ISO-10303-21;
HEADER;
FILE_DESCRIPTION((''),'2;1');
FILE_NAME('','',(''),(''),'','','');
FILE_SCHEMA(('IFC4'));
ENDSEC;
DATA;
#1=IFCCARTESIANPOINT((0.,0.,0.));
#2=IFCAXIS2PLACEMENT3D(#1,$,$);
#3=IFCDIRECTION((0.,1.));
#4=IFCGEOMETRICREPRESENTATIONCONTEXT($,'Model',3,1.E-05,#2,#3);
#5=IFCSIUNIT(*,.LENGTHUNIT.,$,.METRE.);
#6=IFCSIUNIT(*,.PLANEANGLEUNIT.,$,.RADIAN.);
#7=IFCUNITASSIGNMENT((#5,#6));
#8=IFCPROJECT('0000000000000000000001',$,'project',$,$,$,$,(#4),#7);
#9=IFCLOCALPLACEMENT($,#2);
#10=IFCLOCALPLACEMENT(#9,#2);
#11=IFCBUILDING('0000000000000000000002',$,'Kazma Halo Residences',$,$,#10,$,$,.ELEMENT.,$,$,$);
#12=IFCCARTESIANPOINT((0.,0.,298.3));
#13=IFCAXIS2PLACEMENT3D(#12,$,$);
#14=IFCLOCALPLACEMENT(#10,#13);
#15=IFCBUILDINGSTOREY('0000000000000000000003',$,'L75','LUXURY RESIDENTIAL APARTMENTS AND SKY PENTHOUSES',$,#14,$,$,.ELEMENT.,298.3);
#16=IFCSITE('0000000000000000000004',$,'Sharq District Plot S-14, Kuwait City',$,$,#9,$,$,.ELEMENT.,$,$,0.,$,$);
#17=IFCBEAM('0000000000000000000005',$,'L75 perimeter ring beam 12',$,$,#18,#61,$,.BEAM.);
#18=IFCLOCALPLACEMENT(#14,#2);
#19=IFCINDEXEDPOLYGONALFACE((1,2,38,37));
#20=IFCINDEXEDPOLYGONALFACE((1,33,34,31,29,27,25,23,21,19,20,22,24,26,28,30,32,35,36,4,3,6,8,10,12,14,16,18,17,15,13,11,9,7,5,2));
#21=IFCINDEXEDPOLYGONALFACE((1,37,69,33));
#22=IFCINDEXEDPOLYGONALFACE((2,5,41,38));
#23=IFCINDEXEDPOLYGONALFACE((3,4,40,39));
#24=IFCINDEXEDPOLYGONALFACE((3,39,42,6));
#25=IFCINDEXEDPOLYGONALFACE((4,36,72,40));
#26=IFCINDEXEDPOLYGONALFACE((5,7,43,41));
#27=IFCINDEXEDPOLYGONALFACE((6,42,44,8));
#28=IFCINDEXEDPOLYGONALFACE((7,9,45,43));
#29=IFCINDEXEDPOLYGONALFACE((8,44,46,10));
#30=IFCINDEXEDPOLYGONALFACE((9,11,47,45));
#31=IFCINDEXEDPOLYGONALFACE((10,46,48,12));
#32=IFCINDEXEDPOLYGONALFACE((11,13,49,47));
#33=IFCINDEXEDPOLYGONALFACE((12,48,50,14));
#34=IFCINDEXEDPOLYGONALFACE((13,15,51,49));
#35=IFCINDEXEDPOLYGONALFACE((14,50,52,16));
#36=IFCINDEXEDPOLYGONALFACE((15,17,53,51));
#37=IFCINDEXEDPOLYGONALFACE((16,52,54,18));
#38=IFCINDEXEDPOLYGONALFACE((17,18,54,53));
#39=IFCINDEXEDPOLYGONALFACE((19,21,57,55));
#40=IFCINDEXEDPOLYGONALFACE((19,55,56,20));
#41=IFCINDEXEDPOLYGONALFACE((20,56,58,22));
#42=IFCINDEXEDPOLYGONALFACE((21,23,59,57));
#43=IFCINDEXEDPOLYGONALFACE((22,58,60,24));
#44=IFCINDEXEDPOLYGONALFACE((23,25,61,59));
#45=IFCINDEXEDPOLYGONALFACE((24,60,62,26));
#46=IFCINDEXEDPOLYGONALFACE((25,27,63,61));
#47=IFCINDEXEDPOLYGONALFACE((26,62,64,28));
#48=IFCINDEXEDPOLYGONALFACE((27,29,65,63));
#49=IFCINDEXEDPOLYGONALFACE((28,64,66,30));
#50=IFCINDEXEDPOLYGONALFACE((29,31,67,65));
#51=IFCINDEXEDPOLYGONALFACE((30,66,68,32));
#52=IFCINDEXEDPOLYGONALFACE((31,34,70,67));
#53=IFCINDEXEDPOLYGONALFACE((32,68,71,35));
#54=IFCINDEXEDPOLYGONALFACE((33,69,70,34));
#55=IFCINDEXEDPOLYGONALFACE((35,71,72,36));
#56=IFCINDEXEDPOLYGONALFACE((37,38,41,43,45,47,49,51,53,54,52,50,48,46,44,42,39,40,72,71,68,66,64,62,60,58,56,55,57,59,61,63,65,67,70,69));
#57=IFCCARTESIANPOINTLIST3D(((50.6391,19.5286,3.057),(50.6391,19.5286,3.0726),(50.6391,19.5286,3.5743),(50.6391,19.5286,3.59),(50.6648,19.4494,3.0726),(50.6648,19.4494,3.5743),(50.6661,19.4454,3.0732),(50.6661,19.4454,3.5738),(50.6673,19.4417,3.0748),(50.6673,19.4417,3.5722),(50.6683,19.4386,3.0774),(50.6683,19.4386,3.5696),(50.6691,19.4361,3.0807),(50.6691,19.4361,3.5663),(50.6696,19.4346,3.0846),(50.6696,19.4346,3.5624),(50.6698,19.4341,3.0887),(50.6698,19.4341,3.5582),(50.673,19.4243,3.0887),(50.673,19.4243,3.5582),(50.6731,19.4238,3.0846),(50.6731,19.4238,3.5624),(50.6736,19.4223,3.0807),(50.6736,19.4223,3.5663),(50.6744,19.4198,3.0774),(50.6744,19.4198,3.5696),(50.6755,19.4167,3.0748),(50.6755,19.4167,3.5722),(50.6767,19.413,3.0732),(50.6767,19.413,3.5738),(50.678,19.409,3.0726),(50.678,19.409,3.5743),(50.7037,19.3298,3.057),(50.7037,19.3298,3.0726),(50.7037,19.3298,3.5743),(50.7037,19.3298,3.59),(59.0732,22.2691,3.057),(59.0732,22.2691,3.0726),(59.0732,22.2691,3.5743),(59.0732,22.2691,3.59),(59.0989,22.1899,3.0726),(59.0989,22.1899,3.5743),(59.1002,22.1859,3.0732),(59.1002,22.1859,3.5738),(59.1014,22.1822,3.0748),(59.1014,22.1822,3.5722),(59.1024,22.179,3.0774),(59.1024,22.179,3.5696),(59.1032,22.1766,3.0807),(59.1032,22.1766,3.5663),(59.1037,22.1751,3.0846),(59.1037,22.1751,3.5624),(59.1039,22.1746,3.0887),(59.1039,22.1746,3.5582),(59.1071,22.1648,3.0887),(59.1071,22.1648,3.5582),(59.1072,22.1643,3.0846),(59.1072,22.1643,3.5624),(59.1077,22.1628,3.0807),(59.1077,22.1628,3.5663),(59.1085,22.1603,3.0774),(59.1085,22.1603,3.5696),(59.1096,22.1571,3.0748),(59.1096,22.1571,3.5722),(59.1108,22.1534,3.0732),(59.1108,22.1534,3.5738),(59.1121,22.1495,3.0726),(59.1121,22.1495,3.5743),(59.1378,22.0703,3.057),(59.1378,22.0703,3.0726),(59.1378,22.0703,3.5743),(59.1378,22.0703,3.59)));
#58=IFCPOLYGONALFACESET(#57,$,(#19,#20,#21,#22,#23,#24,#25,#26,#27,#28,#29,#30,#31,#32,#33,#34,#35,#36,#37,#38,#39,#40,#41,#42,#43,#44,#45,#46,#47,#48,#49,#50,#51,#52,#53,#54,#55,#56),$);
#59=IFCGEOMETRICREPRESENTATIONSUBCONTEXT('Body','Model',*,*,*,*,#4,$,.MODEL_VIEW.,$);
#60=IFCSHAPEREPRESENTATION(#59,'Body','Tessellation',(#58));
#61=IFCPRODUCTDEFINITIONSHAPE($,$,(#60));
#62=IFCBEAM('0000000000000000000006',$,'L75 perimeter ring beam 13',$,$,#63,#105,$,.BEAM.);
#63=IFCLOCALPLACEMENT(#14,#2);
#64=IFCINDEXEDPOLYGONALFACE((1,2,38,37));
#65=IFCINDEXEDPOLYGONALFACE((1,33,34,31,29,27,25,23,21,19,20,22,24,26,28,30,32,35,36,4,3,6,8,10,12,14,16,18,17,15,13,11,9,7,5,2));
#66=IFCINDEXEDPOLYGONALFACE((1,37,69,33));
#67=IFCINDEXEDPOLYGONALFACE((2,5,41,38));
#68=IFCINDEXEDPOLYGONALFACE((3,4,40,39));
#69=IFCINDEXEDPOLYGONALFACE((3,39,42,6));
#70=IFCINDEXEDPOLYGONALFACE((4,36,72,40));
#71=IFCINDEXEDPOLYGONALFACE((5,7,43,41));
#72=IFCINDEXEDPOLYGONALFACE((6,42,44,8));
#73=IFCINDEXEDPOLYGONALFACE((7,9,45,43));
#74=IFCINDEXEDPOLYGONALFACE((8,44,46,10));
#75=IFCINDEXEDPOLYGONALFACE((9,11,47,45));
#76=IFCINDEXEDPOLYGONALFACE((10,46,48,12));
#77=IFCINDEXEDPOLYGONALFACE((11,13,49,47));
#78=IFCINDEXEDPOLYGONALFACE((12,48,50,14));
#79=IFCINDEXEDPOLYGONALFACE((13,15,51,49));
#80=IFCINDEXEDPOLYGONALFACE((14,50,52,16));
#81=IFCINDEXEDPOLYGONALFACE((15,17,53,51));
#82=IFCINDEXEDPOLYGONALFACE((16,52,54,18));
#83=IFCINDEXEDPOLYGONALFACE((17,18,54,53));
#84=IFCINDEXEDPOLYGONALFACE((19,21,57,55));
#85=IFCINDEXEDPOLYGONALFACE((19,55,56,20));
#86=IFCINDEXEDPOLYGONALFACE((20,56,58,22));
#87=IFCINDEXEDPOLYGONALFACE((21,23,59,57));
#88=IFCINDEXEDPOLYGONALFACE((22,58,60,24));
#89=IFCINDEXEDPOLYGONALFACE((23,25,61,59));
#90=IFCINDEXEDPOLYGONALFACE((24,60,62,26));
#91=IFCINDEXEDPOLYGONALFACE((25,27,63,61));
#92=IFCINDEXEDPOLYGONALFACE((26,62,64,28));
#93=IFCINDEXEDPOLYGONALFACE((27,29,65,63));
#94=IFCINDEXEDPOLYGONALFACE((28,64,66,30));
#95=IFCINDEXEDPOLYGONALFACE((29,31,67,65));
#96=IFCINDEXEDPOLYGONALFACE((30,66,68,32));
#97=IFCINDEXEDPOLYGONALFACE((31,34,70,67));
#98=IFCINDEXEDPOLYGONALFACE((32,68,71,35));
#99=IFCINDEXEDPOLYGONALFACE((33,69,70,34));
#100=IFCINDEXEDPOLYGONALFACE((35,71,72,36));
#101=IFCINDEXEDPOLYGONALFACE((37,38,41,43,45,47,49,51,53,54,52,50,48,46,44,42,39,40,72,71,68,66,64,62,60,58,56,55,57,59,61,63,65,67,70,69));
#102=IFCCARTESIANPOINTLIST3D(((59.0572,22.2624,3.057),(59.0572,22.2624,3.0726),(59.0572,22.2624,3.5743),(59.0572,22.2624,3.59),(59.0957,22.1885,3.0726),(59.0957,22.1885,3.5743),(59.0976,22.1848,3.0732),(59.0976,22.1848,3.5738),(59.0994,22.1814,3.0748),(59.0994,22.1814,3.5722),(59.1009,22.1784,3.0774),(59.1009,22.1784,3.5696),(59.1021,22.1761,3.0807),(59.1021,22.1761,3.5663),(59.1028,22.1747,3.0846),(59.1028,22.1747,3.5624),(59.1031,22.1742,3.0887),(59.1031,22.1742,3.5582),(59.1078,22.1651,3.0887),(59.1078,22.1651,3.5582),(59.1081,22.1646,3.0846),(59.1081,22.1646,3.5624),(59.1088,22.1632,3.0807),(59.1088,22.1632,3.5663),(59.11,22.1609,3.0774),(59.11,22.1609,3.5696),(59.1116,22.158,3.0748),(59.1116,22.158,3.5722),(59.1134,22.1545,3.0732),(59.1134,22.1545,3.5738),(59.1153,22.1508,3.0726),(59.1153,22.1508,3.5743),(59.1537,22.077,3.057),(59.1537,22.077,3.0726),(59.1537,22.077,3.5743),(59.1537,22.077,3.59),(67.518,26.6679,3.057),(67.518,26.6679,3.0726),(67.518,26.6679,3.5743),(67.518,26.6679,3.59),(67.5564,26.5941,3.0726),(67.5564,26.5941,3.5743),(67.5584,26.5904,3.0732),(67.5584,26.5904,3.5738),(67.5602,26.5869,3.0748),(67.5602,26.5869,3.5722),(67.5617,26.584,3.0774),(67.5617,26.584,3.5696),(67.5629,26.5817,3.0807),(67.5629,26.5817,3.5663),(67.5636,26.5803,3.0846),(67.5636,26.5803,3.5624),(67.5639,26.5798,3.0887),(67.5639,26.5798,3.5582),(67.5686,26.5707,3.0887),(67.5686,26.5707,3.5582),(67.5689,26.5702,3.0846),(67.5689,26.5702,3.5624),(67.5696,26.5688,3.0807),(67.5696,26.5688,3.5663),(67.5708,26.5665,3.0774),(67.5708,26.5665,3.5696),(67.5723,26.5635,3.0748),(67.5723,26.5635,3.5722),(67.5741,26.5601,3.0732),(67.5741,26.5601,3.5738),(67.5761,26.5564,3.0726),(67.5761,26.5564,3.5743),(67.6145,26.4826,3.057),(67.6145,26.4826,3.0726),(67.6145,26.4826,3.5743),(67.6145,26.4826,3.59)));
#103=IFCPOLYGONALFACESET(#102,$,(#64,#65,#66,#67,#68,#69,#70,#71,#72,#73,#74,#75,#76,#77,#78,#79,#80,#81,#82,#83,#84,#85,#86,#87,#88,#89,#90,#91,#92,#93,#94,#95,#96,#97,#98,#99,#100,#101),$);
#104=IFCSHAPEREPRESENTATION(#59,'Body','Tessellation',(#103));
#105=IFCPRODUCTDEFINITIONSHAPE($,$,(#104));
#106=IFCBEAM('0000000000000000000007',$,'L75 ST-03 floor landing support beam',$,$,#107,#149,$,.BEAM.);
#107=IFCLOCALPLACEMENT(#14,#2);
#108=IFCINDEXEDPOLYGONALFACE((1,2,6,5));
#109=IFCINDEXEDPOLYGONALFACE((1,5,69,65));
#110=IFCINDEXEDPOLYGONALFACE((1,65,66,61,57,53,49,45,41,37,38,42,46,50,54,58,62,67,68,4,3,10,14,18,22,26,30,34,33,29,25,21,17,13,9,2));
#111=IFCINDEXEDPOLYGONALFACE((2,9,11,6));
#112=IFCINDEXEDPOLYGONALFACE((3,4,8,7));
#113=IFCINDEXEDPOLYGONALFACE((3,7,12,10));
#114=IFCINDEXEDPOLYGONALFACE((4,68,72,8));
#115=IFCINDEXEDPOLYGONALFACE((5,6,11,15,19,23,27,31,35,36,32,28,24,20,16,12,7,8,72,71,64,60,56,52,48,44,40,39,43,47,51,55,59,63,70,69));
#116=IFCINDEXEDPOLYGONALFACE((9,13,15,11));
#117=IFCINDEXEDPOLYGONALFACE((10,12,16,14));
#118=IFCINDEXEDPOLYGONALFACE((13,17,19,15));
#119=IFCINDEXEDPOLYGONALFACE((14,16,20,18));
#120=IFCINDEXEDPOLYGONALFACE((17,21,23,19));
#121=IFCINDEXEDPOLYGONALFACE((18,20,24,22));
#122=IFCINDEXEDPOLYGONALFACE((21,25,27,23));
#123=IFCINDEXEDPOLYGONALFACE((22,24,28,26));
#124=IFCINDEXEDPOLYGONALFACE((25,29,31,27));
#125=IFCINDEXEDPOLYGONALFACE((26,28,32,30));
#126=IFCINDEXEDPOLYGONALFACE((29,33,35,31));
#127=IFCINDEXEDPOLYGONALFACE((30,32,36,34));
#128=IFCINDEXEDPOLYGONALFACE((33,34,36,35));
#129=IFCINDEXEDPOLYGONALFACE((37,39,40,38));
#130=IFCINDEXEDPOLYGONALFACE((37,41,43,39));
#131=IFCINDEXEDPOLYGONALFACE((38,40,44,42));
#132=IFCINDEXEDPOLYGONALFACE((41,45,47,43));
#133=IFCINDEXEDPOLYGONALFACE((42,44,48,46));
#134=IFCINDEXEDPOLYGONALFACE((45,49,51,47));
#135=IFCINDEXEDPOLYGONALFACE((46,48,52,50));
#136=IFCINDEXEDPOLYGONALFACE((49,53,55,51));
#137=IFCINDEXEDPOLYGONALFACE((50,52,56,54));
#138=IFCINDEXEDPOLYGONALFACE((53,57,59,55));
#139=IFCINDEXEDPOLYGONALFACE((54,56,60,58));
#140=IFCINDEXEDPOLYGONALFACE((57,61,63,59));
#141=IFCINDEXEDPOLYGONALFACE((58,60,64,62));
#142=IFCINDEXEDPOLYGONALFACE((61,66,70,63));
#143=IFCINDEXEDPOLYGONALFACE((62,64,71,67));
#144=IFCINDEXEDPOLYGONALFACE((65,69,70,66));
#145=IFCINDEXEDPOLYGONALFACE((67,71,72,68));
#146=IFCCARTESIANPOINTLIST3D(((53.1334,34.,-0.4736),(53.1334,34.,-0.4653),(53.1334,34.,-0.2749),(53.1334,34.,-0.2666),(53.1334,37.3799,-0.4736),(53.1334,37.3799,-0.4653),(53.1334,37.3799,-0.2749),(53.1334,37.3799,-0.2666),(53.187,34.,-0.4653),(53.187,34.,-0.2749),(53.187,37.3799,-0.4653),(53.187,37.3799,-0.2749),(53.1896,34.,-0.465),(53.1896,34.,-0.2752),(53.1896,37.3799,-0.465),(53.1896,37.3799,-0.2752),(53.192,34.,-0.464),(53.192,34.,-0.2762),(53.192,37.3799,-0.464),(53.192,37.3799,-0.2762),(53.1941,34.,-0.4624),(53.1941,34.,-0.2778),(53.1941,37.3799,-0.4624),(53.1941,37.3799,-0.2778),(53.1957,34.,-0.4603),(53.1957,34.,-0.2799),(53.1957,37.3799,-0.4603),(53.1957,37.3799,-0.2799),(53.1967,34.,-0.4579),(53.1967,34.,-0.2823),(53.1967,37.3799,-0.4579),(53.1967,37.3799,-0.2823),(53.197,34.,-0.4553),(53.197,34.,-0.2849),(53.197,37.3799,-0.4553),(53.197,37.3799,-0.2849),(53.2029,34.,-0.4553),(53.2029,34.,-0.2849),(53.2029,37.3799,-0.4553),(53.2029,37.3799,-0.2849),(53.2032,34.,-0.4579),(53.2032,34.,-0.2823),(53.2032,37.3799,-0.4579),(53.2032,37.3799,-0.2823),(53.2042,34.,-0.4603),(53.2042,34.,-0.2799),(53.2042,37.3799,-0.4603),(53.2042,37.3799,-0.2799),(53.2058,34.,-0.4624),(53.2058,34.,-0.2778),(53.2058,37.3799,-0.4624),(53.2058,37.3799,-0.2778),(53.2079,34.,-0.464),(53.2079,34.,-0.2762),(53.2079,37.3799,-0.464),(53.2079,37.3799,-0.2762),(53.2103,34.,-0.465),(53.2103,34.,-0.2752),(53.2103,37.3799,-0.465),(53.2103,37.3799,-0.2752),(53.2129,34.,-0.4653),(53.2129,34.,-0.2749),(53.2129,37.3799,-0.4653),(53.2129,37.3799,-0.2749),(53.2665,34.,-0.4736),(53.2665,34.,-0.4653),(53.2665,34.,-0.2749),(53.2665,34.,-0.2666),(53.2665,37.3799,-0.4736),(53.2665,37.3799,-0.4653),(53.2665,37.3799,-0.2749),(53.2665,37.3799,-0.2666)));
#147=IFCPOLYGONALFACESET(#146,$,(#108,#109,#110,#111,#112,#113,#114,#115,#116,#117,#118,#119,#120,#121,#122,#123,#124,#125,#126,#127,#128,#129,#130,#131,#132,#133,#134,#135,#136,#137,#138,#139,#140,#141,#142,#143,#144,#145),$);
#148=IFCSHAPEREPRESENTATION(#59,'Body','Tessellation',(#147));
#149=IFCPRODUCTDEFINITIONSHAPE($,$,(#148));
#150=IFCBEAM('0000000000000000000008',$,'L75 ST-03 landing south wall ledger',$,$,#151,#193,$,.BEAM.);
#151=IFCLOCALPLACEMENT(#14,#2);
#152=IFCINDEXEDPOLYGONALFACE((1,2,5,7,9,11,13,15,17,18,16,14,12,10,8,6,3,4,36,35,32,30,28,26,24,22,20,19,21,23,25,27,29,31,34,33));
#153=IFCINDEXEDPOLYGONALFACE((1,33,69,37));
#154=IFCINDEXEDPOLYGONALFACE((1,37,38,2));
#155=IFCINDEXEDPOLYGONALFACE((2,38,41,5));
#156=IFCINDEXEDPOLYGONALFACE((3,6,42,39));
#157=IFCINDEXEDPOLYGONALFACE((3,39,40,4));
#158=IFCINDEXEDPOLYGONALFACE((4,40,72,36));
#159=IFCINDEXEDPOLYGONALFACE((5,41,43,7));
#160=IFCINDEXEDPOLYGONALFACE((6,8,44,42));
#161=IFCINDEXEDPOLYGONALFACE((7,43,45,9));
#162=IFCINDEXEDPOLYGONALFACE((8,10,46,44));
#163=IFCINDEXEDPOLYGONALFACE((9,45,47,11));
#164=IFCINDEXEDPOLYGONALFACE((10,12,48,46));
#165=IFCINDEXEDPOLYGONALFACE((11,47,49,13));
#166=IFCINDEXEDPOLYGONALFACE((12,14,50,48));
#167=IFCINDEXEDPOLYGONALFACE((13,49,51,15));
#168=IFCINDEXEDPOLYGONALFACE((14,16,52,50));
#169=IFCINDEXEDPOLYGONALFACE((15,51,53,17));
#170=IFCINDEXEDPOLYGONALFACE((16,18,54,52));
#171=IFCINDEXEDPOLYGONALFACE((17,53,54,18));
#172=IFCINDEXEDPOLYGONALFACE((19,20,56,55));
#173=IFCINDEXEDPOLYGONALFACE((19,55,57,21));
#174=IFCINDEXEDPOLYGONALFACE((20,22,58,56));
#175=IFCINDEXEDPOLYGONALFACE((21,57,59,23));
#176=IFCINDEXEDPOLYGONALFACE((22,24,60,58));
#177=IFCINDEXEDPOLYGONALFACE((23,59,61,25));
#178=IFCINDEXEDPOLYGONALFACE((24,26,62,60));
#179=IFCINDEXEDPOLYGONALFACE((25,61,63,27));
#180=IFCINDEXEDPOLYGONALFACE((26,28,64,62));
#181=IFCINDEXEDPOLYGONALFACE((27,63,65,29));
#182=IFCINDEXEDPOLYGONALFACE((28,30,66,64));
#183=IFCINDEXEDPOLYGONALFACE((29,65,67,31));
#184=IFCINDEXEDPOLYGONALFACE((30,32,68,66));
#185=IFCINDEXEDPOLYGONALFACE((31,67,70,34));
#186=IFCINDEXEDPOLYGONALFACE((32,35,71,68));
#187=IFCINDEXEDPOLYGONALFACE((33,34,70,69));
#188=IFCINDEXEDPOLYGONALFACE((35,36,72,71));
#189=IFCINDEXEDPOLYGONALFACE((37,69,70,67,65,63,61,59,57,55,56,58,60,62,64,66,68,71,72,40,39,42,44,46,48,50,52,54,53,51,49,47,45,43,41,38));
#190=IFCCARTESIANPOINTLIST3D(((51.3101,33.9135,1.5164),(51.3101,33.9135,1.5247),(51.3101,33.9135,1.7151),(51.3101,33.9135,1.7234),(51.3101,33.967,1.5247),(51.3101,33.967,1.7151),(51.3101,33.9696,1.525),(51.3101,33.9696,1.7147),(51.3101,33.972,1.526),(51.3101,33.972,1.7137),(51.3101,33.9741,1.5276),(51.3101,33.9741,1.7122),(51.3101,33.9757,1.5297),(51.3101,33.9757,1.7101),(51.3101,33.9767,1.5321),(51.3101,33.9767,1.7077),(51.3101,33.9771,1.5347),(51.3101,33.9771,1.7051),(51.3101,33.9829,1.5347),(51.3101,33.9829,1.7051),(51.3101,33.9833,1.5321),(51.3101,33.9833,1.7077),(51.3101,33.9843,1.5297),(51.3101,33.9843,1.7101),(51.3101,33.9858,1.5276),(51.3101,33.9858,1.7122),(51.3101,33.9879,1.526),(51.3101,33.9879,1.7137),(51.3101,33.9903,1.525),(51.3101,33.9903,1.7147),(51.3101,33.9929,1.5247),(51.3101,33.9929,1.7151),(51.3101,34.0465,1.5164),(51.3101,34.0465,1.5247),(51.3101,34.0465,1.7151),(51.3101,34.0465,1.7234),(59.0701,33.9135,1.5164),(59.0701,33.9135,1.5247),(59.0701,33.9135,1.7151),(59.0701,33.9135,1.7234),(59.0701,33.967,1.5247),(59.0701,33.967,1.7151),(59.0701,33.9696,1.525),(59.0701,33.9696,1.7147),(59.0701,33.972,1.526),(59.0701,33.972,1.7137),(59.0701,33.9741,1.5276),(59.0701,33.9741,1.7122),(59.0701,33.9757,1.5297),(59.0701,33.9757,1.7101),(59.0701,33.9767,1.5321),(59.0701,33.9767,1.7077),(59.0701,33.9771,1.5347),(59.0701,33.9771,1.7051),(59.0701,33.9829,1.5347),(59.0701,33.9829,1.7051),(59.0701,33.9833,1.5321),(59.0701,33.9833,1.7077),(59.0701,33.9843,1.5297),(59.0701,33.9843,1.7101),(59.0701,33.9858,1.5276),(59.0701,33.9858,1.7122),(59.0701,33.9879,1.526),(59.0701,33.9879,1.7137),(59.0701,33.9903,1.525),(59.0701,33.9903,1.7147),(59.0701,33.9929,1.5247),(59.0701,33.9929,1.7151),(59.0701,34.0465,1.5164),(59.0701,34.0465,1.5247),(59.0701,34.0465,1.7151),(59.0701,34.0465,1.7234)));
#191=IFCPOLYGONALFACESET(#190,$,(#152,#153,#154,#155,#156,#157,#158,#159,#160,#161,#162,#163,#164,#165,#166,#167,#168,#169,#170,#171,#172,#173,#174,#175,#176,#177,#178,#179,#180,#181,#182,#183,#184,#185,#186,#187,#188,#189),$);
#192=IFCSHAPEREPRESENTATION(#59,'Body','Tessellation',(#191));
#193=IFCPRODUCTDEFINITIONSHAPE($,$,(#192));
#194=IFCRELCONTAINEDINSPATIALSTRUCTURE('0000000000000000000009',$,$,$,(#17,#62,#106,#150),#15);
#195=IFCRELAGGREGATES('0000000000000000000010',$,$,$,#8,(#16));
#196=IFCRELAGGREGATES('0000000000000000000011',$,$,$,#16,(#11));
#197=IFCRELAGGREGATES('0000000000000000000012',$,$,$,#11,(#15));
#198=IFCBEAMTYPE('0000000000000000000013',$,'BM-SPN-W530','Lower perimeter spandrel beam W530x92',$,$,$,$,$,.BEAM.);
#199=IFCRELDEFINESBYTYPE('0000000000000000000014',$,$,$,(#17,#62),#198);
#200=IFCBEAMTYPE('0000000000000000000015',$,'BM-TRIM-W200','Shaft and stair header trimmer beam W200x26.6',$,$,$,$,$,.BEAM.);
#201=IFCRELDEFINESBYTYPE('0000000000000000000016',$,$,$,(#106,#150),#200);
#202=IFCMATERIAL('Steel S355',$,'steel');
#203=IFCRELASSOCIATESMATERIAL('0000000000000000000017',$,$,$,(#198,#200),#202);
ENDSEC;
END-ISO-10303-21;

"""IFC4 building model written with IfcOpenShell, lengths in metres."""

from ifc_helpers import new_model, si_unit, direction, frame, origin, origin_2d, place, context, subcontext, project, spatial, i_section, extrude, material, material_profile, profile_set, type_object, element, save


model = new_model("IFC4")

# Units and contexts
model_context = context("Model", 3, precision=1e-05, world=origin(), true_north=direction((0.0, 1.0)))
body_context = subcontext(model_context, "Body", "Model", "MODEL_VIEW")
ifc_project = project(units=[si_unit("LENGTHUNIT", "METRE"), si_unit("PLANEANGLEUNIT", "RADIAN")], contexts=[model_context])

# Site, building, storey
site_placement = place(None, origin())
site = spatial("IfcSite", under=ifc_project, at=site_placement, Name="Sharq District Plot S-14, Kuwait City", CompositionType="ELEMENT", RefElevation=0.0)
building_placement = place(site_placement, origin())
building = spatial("IfcBuilding", under=site, at=building_placement, Name="Kazma Halo Residences", CompositionType="ELEMENT")
storey_placement = place(building_placement, frame((0.0, 0.0, 298.3)))
storey = spatial("IfcBuildingStorey", under=building, at=storey_placement, Name="L75", Description="LUXURY RESIDENTIAL APARTMENTS AND SKY PENTHOUSES", CompositionType="ELEMENT", Elevation=298.3)

# Beams
ifc_material_1 = material(Name="Steel S355", Category="steel")
ifc_material_profile_1 = material_profile(ifc_material_1, i_section(OverallWidth=0.209, OverallDepth=0.533, WebThickness=0.0103, FlangeThickness=0.0156, FilletRadius=0.0161, at=origin_2d()), Name="W530x92")
ifc_profile_set_1 = profile_set([ifc_material_profile_1], Name="Steel S355")
beam_type_1 = type_object("IfcBeamType", Name="BM-SPN-W530", Description="Lower perimeter spandrel beam W530x92", PredefinedType="BEAM", material=ifc_profile_set_1)
beam_1_placement = place(storey_placement, frame((50.6714, 19.4292, 3.3235), z_axis=(0.951054, 0.309025, 0.0), x_axis=(-0.309025, 0.951054, 0.0)))
element("IfcBeam", 1, at=beam_1_placement, inside=storey, type_object=beam_type_1, Name="L75 perimeter ring beam 12", PredefinedType="BEAM", context=body_context, shape_type="SweptSolid", body=[
    extrude(i_section(OverallWidth=0.209, OverallDepth=0.533, WebThickness=0.0103, FlangeThickness=0.0156, FilletRadius=0.0161, at=origin_2d()), origin(), (0.0, 0.0, 1.0), 8.8682),
])
beam_2_placement = place(storey_placement, frame((59.1055, 22.1697, 3.3235), z_axis=(0.886961, 0.461844, 0.0), x_axis=(-0.461844, 0.886961, 0.0)))
element("IfcBeam", 2, at=beam_2_placement, inside=storey, type_object=beam_type_1, Name="L75 perimeter ring beam 13", PredefinedType="BEAM", context=body_context, shape_type="SweptSolid", body=[
    extrude(i_section(OverallWidth=0.209, OverallDepth=0.533, WebThickness=0.0103, FlangeThickness=0.0156, FilletRadius=0.0161, at=origin_2d()), origin(), (0.0, 0.0, 1.0), 9.5391),
])
ifc_material_profile_2 = material_profile(ifc_material_1, i_section(OverallWidth=0.1331, OverallDepth=0.207, WebThickness=0.0059, FlangeThickness=0.0083, FilletRadius=0.01, at=origin_2d()), Name="W200x26.6")
ifc_profile_set_2 = profile_set([ifc_material_profile_2], Name="Steel S355")
beam_type_2 = type_object("IfcBeamType", Name="BM-TRIM-W200", Description="Shaft and stair header trimmer beam W200x26.6", PredefinedType="BEAM", material=ifc_profile_set_2)
beam_3_placement = place(storey_placement, frame((53.2, 34.0, -0.3701), z_axis=(0.0, 1.0, 0.0), x_axis=(-1.0, 0.0, 0.0)))
element("IfcBeam", 3, at=beam_3_placement, inside=storey, type_object=beam_type_2, Name="L75 ST-03 floor landing support beam", PredefinedType="BEAM", context=body_context, shape_type="SweptSolid", body=[
    extrude(i_section(OverallWidth=0.1331, OverallDepth=0.207, WebThickness=0.0059, FlangeThickness=0.0083, FilletRadius=0.01, at=origin_2d()), origin(), (0.0, 0.0, 1.0), 3.3799),
])
beam_4_placement = place(storey_placement, frame((51.3101, 33.98, 1.6199), z_axis=(1.0, 0.0, 0.0), x_axis=(0.0, 1.0, 0.0)))
element("IfcBeam", 4, at=beam_4_placement, inside=storey, type_object=beam_type_2, Name="L75 ST-03 landing south wall ledger", PredefinedType="BEAM", context=body_context, shape_type="SweptSolid", body=[
    extrude(i_section(OverallWidth=0.1331, OverallDepth=0.207, WebThickness=0.0059, FlangeThickness=0.0083, FilletRadius=0.01, at=origin_2d()), origin(), (0.0, 0.0, 1.0), 7.76),
])

save(model, "model.ifc")
